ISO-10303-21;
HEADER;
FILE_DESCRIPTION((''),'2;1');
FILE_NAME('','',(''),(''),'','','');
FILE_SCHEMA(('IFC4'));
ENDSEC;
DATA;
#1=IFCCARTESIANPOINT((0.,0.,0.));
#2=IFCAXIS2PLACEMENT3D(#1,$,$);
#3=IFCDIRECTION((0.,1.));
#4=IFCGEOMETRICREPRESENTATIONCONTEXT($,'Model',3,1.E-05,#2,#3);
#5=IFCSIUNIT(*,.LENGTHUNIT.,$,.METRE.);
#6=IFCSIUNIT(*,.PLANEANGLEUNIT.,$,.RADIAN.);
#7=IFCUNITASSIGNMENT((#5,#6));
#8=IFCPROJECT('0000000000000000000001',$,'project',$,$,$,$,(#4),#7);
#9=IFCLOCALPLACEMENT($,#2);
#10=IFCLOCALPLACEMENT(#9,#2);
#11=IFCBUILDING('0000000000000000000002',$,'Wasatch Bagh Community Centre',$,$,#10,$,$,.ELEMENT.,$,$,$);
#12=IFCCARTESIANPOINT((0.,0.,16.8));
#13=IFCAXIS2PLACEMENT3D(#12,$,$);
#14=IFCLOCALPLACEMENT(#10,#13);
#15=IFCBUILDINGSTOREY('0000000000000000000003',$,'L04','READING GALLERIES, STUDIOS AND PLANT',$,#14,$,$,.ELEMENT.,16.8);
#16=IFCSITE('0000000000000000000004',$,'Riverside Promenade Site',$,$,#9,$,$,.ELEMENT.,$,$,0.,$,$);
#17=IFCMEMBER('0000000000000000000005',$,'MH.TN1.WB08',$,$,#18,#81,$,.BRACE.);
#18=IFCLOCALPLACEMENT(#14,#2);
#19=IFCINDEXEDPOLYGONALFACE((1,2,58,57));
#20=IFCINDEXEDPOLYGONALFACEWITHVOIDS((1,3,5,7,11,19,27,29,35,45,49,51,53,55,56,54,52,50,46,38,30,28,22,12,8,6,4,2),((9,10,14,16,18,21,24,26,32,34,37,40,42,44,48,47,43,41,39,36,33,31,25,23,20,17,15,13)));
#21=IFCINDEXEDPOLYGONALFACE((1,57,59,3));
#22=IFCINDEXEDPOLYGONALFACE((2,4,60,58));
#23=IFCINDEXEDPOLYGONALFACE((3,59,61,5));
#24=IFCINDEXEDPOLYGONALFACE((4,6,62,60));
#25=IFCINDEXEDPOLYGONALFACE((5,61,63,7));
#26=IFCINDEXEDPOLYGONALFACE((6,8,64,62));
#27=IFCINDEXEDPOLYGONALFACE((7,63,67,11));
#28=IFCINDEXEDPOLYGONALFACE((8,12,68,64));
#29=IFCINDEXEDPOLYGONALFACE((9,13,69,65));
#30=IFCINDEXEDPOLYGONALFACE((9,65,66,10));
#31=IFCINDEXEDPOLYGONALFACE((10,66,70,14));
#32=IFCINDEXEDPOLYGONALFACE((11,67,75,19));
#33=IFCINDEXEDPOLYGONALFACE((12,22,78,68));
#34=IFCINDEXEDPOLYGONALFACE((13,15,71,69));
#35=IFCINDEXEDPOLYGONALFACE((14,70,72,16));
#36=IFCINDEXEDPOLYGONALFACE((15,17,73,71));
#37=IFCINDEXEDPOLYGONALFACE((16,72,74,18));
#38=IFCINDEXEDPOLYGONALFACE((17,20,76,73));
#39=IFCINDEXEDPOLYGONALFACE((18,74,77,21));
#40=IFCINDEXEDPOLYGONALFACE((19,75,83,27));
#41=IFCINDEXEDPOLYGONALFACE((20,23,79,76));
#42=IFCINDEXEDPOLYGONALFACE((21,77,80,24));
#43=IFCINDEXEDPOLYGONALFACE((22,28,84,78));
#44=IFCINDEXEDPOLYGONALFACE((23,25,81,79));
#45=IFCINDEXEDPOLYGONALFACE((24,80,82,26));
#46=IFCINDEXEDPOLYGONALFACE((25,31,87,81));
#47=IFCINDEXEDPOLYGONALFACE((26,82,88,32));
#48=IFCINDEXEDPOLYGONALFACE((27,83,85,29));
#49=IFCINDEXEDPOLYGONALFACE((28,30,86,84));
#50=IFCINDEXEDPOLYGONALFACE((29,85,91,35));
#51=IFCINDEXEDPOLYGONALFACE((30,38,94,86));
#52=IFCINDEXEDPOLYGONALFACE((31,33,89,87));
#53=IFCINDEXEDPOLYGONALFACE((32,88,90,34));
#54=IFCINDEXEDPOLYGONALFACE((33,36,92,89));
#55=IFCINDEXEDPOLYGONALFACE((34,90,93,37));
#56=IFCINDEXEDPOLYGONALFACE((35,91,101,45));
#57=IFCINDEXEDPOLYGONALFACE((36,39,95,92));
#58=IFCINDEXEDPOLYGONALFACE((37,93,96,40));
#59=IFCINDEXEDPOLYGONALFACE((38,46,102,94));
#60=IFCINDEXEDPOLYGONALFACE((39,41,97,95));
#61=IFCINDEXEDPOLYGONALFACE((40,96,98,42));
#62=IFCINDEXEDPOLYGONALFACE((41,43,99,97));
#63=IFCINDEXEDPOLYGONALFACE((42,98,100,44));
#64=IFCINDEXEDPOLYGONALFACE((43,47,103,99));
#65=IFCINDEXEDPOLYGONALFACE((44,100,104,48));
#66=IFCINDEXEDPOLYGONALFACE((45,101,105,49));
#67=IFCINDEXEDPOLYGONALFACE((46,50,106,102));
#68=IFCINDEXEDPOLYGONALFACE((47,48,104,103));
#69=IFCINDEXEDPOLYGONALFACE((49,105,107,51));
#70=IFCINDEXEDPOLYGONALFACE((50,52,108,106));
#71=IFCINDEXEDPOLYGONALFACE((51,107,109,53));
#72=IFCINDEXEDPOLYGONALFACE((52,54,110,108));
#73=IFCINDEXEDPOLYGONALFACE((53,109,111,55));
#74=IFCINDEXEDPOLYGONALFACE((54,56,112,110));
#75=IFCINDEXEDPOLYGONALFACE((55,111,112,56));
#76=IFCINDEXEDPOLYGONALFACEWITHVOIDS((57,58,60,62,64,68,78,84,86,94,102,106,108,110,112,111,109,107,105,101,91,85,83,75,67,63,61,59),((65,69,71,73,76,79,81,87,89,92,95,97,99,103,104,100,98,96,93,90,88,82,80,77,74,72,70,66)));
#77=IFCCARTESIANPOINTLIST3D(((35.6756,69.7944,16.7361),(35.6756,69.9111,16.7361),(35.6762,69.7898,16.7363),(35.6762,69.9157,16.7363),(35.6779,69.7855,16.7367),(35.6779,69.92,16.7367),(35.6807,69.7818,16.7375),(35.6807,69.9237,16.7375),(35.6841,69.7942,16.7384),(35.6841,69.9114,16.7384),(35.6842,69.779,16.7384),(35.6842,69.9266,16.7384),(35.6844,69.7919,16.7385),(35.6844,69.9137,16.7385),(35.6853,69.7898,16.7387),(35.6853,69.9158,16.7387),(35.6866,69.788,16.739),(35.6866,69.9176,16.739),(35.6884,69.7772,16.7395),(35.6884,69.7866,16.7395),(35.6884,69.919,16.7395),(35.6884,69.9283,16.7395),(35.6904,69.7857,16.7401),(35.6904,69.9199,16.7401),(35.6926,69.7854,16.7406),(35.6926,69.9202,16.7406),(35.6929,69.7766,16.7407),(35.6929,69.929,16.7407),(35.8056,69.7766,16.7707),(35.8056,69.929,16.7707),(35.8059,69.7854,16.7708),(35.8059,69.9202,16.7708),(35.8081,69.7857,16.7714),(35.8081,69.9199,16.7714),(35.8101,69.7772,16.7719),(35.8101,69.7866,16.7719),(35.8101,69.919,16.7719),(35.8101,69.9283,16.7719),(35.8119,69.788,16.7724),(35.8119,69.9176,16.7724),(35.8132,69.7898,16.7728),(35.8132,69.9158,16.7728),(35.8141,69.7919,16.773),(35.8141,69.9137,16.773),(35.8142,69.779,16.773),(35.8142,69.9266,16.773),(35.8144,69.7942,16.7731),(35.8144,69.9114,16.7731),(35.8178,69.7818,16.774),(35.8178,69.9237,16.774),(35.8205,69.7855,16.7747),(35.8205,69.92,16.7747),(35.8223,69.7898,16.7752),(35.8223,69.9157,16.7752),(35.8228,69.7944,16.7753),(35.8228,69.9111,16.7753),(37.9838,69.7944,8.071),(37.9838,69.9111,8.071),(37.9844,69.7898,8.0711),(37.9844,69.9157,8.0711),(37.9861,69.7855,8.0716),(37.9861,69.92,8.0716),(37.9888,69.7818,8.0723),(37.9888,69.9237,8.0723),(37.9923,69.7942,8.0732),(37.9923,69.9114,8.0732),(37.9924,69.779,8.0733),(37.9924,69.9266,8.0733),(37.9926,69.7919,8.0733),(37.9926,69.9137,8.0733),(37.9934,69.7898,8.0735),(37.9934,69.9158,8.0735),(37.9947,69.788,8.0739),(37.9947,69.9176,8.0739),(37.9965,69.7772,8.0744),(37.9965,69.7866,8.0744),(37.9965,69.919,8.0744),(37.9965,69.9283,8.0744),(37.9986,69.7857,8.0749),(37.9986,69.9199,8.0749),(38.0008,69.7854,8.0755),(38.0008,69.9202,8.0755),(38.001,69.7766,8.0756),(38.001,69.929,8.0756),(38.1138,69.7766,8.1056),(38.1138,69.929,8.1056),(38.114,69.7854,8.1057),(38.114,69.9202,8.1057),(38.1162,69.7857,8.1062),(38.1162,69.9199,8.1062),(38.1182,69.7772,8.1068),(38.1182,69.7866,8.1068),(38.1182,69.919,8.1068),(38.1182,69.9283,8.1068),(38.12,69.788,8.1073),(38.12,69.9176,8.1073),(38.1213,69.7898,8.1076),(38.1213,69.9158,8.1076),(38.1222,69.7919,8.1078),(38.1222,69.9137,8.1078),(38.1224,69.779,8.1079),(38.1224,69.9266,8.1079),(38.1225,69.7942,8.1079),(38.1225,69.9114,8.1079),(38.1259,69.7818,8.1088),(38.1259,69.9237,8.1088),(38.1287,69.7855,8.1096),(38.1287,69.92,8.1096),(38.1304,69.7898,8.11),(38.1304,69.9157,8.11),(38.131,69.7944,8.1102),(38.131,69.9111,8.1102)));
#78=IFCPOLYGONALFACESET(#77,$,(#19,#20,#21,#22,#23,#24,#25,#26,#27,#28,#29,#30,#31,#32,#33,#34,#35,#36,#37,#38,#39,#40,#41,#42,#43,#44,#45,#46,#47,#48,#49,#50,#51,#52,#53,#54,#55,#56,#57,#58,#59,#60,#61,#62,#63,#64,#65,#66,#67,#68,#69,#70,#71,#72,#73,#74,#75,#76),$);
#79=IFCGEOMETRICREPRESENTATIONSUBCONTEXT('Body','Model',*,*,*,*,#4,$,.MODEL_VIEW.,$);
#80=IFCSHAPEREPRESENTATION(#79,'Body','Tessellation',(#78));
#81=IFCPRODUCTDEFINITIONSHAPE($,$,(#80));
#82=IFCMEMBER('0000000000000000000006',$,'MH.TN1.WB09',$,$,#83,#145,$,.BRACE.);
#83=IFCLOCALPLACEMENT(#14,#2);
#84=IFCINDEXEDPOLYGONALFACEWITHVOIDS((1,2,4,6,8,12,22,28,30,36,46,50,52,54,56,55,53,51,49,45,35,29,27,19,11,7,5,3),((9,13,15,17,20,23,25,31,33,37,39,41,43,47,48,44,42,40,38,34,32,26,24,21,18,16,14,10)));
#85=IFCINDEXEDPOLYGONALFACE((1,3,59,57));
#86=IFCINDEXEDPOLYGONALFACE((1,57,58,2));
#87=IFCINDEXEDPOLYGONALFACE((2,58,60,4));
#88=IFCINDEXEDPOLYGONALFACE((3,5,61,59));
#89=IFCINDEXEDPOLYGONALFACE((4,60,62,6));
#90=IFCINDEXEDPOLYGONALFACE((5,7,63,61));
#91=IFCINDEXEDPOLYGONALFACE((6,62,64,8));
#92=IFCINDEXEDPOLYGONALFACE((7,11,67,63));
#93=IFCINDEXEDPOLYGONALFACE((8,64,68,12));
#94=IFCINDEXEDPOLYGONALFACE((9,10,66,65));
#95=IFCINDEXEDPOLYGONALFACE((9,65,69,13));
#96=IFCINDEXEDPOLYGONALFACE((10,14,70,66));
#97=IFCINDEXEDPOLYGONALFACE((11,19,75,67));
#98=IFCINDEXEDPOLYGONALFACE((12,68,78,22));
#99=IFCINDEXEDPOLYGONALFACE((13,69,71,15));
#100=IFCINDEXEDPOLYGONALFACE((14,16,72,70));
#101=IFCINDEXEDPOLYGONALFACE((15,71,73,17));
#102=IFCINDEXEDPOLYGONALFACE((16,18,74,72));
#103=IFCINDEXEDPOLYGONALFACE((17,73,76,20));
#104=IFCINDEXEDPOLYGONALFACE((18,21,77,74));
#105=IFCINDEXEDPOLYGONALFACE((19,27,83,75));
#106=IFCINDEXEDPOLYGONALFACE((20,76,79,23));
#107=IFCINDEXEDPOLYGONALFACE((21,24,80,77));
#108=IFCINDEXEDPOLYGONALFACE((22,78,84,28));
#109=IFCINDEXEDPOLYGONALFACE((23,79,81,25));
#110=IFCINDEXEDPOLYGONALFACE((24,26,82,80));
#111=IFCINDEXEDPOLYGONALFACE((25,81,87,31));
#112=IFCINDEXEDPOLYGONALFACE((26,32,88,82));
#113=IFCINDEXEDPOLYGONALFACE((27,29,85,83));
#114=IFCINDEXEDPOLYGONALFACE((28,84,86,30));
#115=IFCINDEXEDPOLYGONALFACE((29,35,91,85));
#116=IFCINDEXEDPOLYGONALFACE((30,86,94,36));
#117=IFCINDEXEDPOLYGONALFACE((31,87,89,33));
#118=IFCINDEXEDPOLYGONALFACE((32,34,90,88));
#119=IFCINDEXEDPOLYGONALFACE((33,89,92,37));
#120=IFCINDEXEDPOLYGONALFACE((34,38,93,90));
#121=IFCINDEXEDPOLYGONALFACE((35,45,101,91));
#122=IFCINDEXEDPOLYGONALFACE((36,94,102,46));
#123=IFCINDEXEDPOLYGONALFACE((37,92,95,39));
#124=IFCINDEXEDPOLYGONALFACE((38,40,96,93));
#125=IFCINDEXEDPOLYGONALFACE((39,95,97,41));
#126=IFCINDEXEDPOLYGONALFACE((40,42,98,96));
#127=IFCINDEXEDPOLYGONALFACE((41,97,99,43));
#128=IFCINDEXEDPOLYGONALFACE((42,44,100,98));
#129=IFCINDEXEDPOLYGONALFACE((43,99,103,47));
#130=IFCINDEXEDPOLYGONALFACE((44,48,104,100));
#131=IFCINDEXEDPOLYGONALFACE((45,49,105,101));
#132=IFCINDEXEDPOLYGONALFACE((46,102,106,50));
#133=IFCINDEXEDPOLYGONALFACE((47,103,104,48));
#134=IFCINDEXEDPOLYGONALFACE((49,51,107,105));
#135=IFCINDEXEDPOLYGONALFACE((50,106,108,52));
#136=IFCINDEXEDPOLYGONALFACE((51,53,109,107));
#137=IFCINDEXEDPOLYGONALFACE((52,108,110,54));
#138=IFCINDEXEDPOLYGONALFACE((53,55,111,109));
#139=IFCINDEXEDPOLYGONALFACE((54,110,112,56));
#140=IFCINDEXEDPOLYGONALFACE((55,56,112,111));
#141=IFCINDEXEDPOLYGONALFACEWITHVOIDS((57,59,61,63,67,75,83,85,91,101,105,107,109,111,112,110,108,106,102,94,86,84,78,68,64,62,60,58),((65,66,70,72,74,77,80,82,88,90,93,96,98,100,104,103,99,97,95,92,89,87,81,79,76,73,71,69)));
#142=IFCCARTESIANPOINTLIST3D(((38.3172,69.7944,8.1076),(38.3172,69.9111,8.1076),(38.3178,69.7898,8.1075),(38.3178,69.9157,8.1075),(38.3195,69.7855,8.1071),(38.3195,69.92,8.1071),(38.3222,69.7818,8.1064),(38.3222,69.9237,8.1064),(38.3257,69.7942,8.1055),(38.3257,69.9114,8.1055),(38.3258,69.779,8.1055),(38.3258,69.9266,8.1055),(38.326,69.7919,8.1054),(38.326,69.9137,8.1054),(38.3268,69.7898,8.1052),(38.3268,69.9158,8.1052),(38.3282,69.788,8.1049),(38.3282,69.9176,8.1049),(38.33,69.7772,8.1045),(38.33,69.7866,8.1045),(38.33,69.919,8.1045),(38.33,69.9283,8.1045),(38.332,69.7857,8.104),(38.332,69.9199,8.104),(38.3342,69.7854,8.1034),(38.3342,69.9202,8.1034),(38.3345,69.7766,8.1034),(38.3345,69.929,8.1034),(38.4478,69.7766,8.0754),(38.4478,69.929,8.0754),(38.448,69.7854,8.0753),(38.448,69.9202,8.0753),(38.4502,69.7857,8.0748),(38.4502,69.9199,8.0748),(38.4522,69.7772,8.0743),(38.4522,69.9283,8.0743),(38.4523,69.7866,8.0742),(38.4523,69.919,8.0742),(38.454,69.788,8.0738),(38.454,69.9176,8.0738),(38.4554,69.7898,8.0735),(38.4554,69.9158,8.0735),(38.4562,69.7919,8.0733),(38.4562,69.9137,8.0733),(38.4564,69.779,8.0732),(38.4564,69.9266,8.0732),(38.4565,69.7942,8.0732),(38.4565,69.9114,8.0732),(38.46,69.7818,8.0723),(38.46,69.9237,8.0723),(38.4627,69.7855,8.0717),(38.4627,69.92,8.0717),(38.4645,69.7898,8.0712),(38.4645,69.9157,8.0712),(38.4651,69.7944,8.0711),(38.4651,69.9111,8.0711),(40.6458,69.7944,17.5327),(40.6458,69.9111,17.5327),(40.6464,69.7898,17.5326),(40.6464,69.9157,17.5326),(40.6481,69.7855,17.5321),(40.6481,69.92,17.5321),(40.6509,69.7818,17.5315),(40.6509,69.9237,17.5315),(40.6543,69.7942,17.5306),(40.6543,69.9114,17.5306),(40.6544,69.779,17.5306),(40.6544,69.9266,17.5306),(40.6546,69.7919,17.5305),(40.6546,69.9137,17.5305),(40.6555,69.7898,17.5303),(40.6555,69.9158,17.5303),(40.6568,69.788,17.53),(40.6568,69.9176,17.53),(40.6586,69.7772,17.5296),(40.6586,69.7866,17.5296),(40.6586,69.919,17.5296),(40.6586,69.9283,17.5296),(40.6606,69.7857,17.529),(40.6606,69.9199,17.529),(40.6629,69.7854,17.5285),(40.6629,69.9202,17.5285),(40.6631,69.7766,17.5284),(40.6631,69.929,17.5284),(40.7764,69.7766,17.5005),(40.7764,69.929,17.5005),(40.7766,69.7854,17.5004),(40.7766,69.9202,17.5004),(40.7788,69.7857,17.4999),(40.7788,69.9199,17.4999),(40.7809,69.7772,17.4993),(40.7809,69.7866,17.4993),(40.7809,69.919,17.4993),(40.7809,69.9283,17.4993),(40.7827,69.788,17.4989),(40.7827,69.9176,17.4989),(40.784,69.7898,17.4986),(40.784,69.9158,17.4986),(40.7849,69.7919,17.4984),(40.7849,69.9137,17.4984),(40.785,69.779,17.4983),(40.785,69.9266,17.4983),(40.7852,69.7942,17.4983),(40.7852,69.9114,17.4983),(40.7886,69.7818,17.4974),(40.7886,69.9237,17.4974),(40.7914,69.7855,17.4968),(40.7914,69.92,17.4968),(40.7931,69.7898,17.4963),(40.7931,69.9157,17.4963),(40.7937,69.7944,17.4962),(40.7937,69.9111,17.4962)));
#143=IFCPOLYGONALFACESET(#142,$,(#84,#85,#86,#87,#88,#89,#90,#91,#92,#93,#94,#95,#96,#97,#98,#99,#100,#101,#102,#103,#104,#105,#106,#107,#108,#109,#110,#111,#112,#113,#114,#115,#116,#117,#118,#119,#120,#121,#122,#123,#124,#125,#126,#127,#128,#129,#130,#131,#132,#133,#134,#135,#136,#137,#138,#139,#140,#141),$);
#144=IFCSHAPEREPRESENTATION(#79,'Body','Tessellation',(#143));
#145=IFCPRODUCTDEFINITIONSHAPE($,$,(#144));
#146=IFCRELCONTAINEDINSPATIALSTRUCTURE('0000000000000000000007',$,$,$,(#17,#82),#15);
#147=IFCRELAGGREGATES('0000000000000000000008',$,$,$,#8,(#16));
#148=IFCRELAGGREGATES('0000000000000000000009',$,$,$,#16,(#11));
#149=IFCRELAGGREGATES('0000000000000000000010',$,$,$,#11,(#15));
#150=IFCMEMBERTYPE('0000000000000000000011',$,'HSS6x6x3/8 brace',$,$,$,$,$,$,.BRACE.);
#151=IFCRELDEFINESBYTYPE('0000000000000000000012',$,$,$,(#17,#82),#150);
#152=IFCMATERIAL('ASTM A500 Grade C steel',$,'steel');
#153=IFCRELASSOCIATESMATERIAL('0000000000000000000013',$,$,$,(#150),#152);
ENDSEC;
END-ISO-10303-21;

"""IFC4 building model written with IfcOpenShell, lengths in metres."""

from ifc_helpers import new_model, si_unit, direction, frame, origin, origin_2d, place, context, subcontext, project, spatial, hollow_rectangle, extrude, material, material_profile, profile_set, type_object, element, save


model = new_model("IFC4")

# Units and contexts
model_context = context("Model", 3, precision=1e-05, world=origin(), true_north=direction((0.0, 1.0)))
body_context = subcontext(model_context, "Body", "Model", "MODEL_VIEW")
ifc_project = project(units=[si_unit("LENGTHUNIT", "METRE"), si_unit("PLANEANGLEUNIT", "RADIAN")], contexts=[model_context])

# Site, building, storey
site_placement = place(None, origin())
site = spatial("IfcSite", under=ifc_project, at=site_placement, Name="Riverside Promenade Site", CompositionType="ELEMENT", RefElevation=0.0)
building_placement = place(site_placement, origin())
building = spatial("IfcBuilding", under=site, at=building_placement, Name="Wasatch Bagh Community Centre", CompositionType="ELEMENT")
storey_placement = place(building_placement, frame((0.0, 0.0, 16.8)))
storey = spatial("IfcBuildingStorey", under=building, at=storey_placement, Name="L04", Description="READING GALLERIES, STUDIOS AND PLANT", CompositionType="ELEMENT", Elevation=16.8)

# Members
ifc_material_1 = material(Name="ASTM A500 Grade C steel", Category="steel")
ifc_material_profile_1 = material_profile(ifc_material_1, hollow_rectangle(XDim=0.1523, YDim=0.1523, WallThickness=0.0088, InnerFilletRadius=0.0088, OuterFilletRadius=0.0178, at=origin_2d()), Name="HSS6x6x3/8")
ifc_profile_set_1 = profile_set([ifc_material_profile_1], Name="ASTM A500 Grade C steel")
member_type_1 = type_object("IfcMemberType", Name="HSS6x6x3/8 brace", PredefinedType="BRACE", material=ifc_profile_set_1)
member_1_placement = place(storey_placement, frame((38.0574, 69.8528, 8.0906), z_axis=(-0.257395, 0.0, 0.966306), x_axis=(0.0, -1.0, 0.0)))
element("IfcMember", 1, at=member_1_placement, inside=storey, type_object=member_type_1, Name="MH.TN1.WB08", PredefinedType="BRACE", context=body_context, shape_type="SweptSolid", body=[
    extrude(hollow_rectangle(XDim=0.1523, YDim=0.1523, WallThickness=0.0088, InnerFilletRadius=0.0088, OuterFilletRadius=0.0178, at=origin_2d()), origin(), (0.0, 0.0, 1.0), 8.9673),
])
member_2_placement = place(storey_placement, frame((38.3911, 69.8528, 8.0894), z_axis=(0.239854, 0.0, 0.970809), x_axis=(0.0, 1.0, 0.0)))
element("IfcMember", 2, at=member_2_placement, inside=storey, type_object=member_type_1, Name="MH.TN1.WB09", PredefinedType="BRACE", context=body_context, shape_type="SweptSolid", body=[
    extrude(hollow_rectangle(XDim=0.1523, YDim=0.1523, WallThickness=0.0088, InnerFilletRadius=0.0088, OuterFilletRadius=0.0178, at=origin_2d()), origin(), (0.0, 0.0, 1.0), 9.7085),
])

save(model, "model.ifc")
